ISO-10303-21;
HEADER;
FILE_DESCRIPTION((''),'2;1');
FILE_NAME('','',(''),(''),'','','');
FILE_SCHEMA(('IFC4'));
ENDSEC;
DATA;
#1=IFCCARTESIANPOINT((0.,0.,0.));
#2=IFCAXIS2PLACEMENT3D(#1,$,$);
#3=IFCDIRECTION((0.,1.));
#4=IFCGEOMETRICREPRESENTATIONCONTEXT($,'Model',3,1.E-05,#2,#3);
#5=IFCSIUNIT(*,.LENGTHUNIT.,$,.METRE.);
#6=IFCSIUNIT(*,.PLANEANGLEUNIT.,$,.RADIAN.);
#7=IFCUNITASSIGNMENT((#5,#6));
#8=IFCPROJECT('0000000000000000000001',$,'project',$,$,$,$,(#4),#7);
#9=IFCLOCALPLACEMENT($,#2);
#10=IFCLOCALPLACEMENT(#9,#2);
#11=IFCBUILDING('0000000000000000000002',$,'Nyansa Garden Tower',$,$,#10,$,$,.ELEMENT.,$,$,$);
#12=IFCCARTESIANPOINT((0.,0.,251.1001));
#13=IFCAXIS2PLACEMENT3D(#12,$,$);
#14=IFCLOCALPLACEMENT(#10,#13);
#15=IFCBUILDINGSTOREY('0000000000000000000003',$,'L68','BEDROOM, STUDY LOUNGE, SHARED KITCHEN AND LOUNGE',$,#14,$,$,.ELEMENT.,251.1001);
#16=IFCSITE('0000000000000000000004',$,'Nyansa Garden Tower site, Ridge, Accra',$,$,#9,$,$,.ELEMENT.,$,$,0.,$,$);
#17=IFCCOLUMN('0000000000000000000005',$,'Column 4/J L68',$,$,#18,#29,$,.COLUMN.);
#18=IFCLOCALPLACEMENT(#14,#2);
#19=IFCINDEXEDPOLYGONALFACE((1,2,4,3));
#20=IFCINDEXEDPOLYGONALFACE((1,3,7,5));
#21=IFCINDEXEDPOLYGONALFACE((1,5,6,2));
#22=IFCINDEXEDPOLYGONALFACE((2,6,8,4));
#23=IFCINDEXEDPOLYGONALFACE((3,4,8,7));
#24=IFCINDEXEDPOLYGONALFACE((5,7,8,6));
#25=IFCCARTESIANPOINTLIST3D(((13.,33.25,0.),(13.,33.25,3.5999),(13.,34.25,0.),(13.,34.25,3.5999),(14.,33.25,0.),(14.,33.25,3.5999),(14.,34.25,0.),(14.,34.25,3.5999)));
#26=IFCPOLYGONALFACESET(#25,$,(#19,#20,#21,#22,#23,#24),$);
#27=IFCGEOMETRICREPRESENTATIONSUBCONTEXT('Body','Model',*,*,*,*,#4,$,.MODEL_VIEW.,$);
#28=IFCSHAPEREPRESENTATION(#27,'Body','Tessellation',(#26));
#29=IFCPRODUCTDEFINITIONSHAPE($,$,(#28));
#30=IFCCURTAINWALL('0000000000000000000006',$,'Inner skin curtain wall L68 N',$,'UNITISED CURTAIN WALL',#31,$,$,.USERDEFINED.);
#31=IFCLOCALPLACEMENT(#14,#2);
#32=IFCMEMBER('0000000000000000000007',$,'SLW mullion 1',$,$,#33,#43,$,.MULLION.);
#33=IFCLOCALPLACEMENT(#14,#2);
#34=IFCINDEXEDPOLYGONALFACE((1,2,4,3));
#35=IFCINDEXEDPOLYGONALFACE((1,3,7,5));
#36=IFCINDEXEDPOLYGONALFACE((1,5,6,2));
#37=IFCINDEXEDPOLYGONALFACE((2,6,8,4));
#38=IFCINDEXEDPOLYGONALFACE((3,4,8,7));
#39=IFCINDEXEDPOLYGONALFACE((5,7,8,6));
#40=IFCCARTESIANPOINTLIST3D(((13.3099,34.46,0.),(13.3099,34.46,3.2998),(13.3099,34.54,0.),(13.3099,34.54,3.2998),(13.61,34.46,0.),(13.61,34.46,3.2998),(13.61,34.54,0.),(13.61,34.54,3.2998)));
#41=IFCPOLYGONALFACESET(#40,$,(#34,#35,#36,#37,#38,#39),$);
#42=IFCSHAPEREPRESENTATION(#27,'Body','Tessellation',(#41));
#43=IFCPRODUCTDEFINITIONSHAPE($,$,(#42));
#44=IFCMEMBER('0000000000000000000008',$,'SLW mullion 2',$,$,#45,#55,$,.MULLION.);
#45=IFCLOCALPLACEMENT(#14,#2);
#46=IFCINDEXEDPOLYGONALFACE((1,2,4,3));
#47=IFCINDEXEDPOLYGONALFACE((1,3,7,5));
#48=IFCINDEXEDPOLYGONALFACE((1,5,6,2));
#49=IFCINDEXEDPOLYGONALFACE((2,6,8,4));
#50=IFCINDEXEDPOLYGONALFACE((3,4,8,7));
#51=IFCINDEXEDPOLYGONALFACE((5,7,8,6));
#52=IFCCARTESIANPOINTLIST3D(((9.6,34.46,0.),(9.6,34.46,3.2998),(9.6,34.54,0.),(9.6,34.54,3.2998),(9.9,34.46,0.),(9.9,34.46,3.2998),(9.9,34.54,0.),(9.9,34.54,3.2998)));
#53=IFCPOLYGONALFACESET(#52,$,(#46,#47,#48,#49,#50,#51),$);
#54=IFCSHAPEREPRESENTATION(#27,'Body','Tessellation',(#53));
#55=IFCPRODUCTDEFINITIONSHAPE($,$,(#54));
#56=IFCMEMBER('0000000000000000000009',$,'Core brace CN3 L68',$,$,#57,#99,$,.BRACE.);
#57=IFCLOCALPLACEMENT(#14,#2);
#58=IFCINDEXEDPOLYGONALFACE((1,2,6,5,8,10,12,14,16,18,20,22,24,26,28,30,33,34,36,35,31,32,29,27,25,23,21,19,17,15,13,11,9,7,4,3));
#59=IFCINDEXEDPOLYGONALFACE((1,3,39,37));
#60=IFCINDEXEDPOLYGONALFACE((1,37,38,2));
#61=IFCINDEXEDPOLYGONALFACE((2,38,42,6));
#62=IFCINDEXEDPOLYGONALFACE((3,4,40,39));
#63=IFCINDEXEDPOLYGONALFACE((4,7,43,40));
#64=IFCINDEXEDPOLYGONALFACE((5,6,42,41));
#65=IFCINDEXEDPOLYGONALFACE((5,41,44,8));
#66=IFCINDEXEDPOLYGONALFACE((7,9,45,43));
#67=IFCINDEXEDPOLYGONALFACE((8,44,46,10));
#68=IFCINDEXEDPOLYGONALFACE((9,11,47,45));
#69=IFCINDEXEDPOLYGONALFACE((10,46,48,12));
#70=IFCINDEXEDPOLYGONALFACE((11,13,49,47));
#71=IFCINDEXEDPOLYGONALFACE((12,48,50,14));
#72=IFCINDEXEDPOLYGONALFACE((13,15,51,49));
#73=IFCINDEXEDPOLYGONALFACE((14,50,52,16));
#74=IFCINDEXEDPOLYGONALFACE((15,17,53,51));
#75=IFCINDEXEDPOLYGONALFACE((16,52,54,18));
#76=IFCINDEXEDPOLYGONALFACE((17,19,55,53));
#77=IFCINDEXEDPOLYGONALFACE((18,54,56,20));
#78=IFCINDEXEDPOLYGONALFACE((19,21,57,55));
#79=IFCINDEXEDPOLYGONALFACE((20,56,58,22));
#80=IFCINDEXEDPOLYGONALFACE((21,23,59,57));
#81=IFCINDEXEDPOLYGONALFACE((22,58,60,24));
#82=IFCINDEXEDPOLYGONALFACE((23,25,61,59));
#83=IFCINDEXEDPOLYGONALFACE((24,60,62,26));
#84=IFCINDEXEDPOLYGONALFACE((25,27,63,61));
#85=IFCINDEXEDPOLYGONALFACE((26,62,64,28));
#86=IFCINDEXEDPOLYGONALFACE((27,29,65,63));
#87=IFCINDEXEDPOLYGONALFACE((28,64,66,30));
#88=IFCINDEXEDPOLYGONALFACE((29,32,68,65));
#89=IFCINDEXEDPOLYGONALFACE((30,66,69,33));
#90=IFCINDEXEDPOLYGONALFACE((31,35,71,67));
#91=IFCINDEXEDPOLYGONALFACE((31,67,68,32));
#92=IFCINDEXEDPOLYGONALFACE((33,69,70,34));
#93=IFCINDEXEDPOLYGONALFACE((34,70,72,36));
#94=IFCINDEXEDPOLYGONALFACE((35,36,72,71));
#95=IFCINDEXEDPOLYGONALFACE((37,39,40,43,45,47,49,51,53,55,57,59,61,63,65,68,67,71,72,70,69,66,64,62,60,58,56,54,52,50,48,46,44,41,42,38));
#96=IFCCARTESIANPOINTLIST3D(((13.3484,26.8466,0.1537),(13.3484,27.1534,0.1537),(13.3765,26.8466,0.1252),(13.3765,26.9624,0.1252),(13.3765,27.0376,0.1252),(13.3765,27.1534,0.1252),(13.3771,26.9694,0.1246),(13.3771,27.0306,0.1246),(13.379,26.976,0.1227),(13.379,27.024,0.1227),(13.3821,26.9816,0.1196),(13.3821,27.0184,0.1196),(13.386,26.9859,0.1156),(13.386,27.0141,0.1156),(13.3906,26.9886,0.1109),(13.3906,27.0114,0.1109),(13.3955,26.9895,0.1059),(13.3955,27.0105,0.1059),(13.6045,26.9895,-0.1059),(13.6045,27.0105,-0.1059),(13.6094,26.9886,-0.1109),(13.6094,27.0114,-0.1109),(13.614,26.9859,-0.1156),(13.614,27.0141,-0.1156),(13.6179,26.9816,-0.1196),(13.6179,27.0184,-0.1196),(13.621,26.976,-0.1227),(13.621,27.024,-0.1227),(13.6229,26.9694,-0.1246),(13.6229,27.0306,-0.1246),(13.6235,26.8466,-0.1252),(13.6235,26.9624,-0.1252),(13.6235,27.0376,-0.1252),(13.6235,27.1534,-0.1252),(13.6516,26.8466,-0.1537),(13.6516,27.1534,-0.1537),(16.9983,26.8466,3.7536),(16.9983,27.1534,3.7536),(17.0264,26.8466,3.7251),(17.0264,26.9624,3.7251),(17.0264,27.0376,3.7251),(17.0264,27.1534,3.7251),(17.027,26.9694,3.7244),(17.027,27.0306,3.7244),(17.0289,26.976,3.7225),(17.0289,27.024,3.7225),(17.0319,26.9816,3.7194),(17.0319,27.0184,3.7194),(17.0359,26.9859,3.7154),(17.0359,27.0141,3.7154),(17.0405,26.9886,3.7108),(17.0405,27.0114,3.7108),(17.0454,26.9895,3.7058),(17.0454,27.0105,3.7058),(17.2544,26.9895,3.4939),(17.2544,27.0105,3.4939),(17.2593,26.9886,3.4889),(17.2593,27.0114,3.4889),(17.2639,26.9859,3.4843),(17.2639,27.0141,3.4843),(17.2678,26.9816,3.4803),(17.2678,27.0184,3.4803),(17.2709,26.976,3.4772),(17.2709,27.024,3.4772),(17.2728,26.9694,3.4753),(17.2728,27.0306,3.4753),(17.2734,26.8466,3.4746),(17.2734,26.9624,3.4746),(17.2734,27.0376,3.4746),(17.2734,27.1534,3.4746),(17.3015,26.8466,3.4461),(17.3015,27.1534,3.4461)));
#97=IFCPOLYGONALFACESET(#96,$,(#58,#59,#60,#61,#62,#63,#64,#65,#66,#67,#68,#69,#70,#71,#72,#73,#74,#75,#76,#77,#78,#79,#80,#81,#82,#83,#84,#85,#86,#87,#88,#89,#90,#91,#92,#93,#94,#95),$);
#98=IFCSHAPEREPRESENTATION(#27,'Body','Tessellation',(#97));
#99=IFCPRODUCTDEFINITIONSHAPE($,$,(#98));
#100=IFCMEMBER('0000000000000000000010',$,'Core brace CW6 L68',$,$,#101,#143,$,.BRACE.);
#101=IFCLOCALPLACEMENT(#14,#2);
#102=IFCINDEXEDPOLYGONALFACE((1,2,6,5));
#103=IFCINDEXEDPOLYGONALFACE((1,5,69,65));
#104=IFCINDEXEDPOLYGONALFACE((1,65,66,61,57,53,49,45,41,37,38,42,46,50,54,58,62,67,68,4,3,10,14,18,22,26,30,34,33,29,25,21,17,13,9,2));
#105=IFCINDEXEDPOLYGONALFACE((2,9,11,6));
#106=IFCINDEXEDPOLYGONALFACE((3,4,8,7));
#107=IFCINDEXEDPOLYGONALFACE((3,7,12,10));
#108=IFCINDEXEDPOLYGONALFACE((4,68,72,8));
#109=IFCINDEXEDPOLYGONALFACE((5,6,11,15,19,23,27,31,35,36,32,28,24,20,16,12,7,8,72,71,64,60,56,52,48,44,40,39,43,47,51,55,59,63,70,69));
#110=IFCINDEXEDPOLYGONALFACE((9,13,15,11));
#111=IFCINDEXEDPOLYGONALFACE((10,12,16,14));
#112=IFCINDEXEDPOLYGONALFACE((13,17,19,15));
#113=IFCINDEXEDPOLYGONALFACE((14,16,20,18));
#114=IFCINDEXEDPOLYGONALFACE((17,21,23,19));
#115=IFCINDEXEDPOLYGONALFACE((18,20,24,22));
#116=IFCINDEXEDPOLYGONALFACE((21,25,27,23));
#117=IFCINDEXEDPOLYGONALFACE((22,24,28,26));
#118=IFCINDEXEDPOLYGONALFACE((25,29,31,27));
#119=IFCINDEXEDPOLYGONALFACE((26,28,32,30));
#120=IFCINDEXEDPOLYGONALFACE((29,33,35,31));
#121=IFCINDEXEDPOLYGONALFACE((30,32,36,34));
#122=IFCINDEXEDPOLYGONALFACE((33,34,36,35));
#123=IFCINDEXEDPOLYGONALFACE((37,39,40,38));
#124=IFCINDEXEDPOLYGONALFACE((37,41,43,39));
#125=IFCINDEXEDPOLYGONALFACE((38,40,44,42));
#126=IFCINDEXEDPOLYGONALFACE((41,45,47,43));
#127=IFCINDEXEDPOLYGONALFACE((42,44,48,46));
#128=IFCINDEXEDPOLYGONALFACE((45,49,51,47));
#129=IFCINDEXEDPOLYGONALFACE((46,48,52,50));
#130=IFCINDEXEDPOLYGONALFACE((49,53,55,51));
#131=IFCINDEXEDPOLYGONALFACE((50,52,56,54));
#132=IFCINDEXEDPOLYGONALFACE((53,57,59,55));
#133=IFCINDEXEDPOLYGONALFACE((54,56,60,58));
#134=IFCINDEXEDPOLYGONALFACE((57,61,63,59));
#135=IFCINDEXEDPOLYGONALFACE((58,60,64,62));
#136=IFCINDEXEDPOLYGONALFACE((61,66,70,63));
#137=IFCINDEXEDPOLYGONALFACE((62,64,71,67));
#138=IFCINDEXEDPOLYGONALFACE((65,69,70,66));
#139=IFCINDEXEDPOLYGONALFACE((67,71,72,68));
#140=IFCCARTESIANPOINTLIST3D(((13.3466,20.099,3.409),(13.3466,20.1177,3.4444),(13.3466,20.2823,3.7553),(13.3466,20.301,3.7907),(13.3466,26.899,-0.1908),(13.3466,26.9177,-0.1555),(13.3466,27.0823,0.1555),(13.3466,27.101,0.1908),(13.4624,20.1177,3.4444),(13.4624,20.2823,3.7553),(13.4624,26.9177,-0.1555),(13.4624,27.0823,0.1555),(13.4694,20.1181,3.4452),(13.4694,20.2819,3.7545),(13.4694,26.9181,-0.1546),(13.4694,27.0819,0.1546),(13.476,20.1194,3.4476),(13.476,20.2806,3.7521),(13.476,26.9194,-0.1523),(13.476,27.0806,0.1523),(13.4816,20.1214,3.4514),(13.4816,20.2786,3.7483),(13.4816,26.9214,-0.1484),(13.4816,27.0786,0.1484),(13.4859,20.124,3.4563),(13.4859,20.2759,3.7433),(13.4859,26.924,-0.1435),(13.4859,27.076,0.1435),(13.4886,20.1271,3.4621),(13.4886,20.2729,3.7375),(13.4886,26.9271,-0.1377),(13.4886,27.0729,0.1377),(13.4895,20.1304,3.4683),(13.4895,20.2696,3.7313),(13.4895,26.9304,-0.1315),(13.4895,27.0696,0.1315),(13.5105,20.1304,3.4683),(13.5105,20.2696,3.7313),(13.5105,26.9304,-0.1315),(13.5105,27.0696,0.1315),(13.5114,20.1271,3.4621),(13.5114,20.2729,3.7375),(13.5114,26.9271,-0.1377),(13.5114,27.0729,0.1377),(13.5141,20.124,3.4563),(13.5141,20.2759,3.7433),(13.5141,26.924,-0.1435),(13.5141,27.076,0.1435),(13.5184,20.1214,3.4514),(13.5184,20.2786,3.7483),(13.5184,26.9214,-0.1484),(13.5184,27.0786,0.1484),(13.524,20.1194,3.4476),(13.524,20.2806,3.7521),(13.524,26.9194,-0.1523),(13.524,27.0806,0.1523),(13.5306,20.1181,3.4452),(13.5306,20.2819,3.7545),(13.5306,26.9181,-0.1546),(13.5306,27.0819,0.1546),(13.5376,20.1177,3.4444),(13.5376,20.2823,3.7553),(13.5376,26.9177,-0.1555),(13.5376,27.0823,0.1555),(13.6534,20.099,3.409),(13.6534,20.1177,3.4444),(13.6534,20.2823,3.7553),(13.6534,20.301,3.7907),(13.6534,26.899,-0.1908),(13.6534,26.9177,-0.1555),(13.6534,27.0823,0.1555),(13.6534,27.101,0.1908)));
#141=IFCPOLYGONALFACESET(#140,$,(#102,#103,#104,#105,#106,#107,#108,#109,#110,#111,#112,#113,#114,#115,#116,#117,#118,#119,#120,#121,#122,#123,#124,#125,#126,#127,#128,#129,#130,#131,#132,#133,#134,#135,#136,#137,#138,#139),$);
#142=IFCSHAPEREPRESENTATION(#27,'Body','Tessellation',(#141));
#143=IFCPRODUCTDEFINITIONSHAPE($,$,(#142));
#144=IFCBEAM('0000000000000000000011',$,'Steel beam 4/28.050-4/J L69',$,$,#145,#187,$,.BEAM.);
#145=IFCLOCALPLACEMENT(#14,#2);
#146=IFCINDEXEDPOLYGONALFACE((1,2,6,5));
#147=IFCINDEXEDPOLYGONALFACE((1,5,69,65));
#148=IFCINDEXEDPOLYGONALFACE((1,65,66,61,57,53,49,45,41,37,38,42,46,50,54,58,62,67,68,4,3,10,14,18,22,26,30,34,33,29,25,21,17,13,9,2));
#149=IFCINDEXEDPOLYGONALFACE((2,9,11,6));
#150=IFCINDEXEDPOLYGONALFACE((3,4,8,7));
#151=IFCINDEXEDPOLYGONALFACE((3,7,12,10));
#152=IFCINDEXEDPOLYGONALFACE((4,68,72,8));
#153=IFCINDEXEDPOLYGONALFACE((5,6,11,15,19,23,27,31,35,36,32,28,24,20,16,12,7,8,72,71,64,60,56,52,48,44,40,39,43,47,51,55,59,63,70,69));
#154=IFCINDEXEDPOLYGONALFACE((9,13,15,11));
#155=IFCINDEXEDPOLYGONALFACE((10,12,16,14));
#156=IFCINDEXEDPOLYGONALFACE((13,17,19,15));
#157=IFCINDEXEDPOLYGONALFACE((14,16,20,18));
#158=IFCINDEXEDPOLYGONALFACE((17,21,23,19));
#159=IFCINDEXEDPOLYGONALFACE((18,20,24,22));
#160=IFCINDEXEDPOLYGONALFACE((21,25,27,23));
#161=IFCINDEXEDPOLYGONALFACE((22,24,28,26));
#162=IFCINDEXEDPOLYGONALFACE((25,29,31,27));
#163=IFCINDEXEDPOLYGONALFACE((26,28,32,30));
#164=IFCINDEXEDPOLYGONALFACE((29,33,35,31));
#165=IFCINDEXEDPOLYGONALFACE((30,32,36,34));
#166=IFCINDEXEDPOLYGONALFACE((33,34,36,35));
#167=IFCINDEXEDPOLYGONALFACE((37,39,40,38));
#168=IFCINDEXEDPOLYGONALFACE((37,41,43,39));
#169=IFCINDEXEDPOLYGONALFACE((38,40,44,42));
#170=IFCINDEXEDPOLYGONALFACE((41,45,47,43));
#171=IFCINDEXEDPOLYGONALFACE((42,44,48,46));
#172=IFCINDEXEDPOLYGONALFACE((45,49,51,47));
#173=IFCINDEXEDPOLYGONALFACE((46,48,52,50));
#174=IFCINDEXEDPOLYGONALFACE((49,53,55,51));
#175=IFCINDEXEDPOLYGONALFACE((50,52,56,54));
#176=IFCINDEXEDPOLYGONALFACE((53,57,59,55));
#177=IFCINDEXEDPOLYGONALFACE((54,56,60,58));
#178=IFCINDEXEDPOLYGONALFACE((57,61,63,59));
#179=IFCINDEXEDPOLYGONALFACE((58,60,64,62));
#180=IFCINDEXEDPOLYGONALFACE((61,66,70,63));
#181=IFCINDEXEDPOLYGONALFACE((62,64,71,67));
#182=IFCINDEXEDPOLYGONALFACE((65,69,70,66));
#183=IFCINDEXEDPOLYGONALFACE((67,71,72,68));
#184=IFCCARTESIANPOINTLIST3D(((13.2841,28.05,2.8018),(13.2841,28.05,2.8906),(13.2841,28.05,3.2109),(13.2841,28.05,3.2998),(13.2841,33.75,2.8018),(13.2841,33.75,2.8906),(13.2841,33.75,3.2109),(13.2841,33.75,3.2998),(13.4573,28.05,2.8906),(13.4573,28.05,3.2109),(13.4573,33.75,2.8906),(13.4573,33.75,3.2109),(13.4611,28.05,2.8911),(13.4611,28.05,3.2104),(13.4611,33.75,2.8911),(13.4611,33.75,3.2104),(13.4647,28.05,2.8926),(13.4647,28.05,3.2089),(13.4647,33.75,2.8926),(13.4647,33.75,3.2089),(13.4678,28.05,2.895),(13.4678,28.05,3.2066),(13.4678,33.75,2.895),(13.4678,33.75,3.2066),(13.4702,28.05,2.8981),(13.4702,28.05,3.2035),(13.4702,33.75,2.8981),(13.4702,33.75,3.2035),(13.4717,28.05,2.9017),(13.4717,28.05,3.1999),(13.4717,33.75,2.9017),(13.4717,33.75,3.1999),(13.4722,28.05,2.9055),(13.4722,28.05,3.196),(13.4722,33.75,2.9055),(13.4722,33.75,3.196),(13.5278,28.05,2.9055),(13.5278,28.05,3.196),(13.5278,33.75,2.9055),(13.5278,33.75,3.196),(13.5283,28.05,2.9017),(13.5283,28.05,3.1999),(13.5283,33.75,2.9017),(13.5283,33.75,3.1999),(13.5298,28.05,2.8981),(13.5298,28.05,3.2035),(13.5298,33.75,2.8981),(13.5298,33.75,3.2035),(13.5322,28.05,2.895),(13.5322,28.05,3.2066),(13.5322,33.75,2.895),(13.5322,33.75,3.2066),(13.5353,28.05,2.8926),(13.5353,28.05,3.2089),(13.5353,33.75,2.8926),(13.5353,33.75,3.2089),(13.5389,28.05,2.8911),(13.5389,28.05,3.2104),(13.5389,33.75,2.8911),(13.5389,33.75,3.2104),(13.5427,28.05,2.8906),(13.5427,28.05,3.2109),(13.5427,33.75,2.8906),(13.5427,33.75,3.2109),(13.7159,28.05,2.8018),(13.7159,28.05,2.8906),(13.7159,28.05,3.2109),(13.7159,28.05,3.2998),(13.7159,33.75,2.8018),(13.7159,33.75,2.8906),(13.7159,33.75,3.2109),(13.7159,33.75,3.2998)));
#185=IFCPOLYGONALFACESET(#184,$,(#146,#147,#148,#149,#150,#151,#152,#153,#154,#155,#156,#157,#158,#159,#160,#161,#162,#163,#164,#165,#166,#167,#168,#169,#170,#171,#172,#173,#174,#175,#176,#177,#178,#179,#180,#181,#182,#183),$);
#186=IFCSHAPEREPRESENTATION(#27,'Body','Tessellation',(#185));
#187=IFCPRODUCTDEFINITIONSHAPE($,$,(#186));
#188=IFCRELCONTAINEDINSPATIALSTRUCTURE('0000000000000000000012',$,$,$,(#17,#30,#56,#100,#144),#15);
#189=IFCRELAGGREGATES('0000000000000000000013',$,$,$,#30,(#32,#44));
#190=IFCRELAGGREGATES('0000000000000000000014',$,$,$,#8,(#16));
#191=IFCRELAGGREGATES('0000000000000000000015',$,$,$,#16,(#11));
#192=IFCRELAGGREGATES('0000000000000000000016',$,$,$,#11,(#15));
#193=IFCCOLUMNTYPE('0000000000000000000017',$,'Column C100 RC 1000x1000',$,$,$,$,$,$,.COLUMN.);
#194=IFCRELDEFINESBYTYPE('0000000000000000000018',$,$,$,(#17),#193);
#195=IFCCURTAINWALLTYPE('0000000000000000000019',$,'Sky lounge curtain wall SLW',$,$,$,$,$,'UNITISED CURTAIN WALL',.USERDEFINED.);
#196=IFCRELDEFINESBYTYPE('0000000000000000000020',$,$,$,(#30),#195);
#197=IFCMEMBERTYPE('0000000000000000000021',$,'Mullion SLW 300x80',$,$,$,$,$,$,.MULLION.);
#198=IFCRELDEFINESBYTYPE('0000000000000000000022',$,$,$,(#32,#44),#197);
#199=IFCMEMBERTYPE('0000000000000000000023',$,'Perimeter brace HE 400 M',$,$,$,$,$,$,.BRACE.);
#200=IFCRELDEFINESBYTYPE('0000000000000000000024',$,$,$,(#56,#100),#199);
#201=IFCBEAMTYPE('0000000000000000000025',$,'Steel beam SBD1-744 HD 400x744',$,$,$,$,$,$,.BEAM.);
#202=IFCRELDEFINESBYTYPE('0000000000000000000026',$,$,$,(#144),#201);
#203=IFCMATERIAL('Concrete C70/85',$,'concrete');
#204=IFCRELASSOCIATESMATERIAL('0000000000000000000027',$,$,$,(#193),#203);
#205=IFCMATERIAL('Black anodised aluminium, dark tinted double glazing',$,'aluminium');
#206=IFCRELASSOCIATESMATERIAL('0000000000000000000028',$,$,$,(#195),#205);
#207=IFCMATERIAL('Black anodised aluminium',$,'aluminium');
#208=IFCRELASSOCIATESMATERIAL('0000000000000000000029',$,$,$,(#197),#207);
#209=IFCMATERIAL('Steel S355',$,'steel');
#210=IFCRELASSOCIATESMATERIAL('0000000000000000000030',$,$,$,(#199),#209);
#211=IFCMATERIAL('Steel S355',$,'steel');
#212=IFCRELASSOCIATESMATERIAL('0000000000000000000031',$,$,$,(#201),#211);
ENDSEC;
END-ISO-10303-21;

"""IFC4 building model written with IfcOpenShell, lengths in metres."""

from ifc_helpers import new_model, si_unit, direction, frame, origin, origin_2d, place, context, subcontext, project, spatial, rectangle, i_section, extrude, material, material_profile, profile_set, type_object, element, aggregate, save


model = new_model("IFC4")

# Units and contexts
model_context = context("Model", 3, precision=1e-05, world=origin(), true_north=direction((0.0, 1.0)))
body_context = subcontext(model_context, "Body", "Model", "MODEL_VIEW")
ifc_project = project(units=[si_unit("LENGTHUNIT", "METRE"), si_unit("PLANEANGLEUNIT", "RADIAN")], contexts=[model_context])

# Site, building, storey
site_placement = place(None, origin())
site = spatial("IfcSite", under=ifc_project, at=site_placement, Name="Nyansa Garden Tower site, Ridge, Accra", CompositionType="ELEMENT", RefElevation=0.0)
building_placement = place(site_placement, origin())
building = spatial("IfcBuilding", under=site, at=building_placement, Name="Nyansa Garden Tower", CompositionType="ELEMENT")
storey_placement = place(building_placement, frame((0.0, 0.0, 251.1001)))
storey = spatial("IfcBuildingStorey", under=building, at=storey_placement, Name="L68", Description="BEDROOM, STUDY LOUNGE, SHARED KITCHEN AND LOUNGE", CompositionType="ELEMENT", Elevation=251.1001)

# Column
ifc_material_1 = material(Name="Concrete C70/85", Category="concrete")
ifc_material_profile_1 = material_profile(ifc_material_1, rectangle(XDim=1.0, YDim=1.0, at=origin_2d()), Name="RC 1000x1000")
ifc_profile_set_1 = profile_set([ifc_material_profile_1], Name="Concrete C70/85")
column_type = type_object("IfcColumnType", Name="Column C100 RC 1000x1000", PredefinedType="COLUMN", material=ifc_profile_set_1)
column_placement = place(storey_placement, frame((13.5, 33.75, 0.0), z_axis=(0.0, 0.0, 1.0), x_axis=(1.0, 0.0, 0.0)))
element("IfcColumn", 1, at=column_placement, inside=storey, type_object=column_type, Name="Column 4/J L68", PredefinedType="COLUMN", context=body_context, shape_type="SweptSolid", body=[
    extrude(rectangle(XDim=1.0, YDim=1.0, at=origin_2d()), origin(), (0.0, 0.0, 1.0), 3.5999),
])

# Curtain wall, members
ifc_material_2 = material(Name="Black anodised aluminium, dark tinted double glazing", Category="aluminium")
curtain_wall_type = type_object("IfcCurtainWallType", Name="Sky lounge curtain wall SLW", ElementType="UNITISED CURTAIN WALL", PredefinedType="USERDEFINED", material=ifc_material_2)
curtain_wall_placement = place(storey_placement, origin())
curtain_wall = element("IfcCurtainWall", 2, at=curtain_wall_placement, inside=storey, type_object=curtain_wall_type, Name="Inner skin curtain wall L68 N", ObjectType="UNITISED CURTAIN WALL", PredefinedType="USERDEFINED")
ifc_material_3 = material(Name="Black anodised aluminium", Category="aluminium")
ifc_material_profile_2 = material_profile(ifc_material_3, rectangle(XDim=0.0801, YDim=0.3, at=origin_2d()), Name="Mullion 300x80")
ifc_profile_set_2 = profile_set([ifc_material_profile_2], Name="Black anodised aluminium")
member_type_1 = type_object("IfcMemberType", Name="Mullion SLW 300x80", PredefinedType="MULLION", material=ifc_profile_set_2)
member_1_placement = place(storey_placement, frame((13.46, 34.5, 0.0), z_axis=(0.0, 0.0, 1.0), x_axis=(0.0, -1.0, 0.0)))
member_1 = element("IfcMember", 3, at=member_1_placement, type_object=member_type_1, Name="SLW mullion 1", PredefinedType="MULLION", context=body_context, shape_type="SweptSolid", body=[
    extrude(rectangle(XDim=0.0801, YDim=0.3, at=origin_2d()), origin(), (0.0, 0.0, 1.0), 3.2998),
])
member_2_placement = place(storey_placement, frame((9.75, 34.5, 0.0), z_axis=(0.0, 0.0, 1.0), x_axis=(0.0, -1.0, 0.0)))
member_2 = element("IfcMember", 4, at=member_2_placement, type_object=member_type_1, Name="SLW mullion 2", PredefinedType="MULLION", context=body_context, shape_type="SweptSolid", body=[
    extrude(rectangle(XDim=0.0801, YDim=0.3, at=origin_2d()), origin(), (0.0, 0.0, 1.0), 3.2998),
])

# Members
ifc_material_4 = material(Name="Steel S355", Category="steel")
ifc_material_profile_3 = material_profile(ifc_material_4, i_section(OverallWidth=0.3069, OverallDepth=0.4319, WebThickness=0.021, FlangeThickness=0.04, FilletRadius=0.0271, at=origin_2d()), Name="HE 400 M")
ifc_profile_set_3 = profile_set([ifc_material_profile_3], Name="Steel S355")
member_type_2 = type_object("IfcMemberType", Name="Perimeter brace HE 400 M", PredefinedType="BRACE", material=ifc_profile_set_3)
member_3_placement = place(storey_placement, frame((13.5, 27.0, 0.0), z_axis=(0.711971, 0.0, 0.702209), x_axis=(0.0, 1.0, 0.0)))
element("IfcMember", 5, at=member_3_placement, inside=storey, type_object=member_type_2, Name="Core brace CN3 L68", PredefinedType="BRACE", context=body_context, shape_type="SweptSolid", body=[
    extrude(i_section(OverallWidth=0.3069, OverallDepth=0.4319, WebThickness=0.021, FlangeThickness=0.04, FilletRadius=0.0271, at=origin_2d()), origin(), (0.0, 0.0, 1.0), 5.1265),
])
member_4_placement = place(storey_placement, frame((13.5, 27.0, 0.0), z_axis=(0.0, -0.883797, 0.46787), x_axis=(1.0, 0.0, 0.0)))
element("IfcMember", 6, at=member_4_placement, inside=storey, type_object=member_type_2, Name="Core brace CW6 L68", PredefinedType="BRACE", context=body_context, shape_type="SweptSolid", body=[
    extrude(i_section(OverallWidth=0.3069, OverallDepth=0.4319, WebThickness=0.021, FlangeThickness=0.04, FilletRadius=0.0271, at=origin_2d()), origin(), (0.0, 0.0, 1.0), 7.6941),
])

# Beam
ifc_material_5 = material(Name="Steel S355", Category="steel")
ifc_material_profile_4 = material_profile(ifc_material_5, i_section(OverallWidth=0.4319, OverallDepth=0.498, WebThickness=0.0557, FlangeThickness=0.0889, FilletRadius=0.0149, at=origin_2d()), Name="HD 400x744")
ifc_profile_set_4 = profile_set([ifc_material_profile_4], Name="Steel S355")
beam_type_1 = type_object("IfcBeamType", Name="Steel beam SBD1-744 HD 400x744", PredefinedType="BEAM", material=ifc_profile_set_4)
beam_1_placement = place(storey_placement, frame((13.5, 28.05, 3.0508), z_axis=(0.0, 1.0, 0.0), x_axis=(-1.0, 0.0, 0.0)))
element("IfcBeam", 7, at=beam_1_placement, inside=storey, type_object=beam_type_1, Name="Steel beam 4/28.050-4/J L69", PredefinedType="BEAM", context=body_context, shape_type="SweptSolid", body=[
    extrude(i_section(OverallWidth=0.4319, OverallDepth=0.498, WebThickness=0.0557, FlangeThickness=0.0889, FilletRadius=0.0149, at=origin_2d()), origin(), (0.0, 0.0, 1.0), 5.7),
])

aggregate(curtain_wall, [member_1, member_2])

save(model, "model.ifc")
